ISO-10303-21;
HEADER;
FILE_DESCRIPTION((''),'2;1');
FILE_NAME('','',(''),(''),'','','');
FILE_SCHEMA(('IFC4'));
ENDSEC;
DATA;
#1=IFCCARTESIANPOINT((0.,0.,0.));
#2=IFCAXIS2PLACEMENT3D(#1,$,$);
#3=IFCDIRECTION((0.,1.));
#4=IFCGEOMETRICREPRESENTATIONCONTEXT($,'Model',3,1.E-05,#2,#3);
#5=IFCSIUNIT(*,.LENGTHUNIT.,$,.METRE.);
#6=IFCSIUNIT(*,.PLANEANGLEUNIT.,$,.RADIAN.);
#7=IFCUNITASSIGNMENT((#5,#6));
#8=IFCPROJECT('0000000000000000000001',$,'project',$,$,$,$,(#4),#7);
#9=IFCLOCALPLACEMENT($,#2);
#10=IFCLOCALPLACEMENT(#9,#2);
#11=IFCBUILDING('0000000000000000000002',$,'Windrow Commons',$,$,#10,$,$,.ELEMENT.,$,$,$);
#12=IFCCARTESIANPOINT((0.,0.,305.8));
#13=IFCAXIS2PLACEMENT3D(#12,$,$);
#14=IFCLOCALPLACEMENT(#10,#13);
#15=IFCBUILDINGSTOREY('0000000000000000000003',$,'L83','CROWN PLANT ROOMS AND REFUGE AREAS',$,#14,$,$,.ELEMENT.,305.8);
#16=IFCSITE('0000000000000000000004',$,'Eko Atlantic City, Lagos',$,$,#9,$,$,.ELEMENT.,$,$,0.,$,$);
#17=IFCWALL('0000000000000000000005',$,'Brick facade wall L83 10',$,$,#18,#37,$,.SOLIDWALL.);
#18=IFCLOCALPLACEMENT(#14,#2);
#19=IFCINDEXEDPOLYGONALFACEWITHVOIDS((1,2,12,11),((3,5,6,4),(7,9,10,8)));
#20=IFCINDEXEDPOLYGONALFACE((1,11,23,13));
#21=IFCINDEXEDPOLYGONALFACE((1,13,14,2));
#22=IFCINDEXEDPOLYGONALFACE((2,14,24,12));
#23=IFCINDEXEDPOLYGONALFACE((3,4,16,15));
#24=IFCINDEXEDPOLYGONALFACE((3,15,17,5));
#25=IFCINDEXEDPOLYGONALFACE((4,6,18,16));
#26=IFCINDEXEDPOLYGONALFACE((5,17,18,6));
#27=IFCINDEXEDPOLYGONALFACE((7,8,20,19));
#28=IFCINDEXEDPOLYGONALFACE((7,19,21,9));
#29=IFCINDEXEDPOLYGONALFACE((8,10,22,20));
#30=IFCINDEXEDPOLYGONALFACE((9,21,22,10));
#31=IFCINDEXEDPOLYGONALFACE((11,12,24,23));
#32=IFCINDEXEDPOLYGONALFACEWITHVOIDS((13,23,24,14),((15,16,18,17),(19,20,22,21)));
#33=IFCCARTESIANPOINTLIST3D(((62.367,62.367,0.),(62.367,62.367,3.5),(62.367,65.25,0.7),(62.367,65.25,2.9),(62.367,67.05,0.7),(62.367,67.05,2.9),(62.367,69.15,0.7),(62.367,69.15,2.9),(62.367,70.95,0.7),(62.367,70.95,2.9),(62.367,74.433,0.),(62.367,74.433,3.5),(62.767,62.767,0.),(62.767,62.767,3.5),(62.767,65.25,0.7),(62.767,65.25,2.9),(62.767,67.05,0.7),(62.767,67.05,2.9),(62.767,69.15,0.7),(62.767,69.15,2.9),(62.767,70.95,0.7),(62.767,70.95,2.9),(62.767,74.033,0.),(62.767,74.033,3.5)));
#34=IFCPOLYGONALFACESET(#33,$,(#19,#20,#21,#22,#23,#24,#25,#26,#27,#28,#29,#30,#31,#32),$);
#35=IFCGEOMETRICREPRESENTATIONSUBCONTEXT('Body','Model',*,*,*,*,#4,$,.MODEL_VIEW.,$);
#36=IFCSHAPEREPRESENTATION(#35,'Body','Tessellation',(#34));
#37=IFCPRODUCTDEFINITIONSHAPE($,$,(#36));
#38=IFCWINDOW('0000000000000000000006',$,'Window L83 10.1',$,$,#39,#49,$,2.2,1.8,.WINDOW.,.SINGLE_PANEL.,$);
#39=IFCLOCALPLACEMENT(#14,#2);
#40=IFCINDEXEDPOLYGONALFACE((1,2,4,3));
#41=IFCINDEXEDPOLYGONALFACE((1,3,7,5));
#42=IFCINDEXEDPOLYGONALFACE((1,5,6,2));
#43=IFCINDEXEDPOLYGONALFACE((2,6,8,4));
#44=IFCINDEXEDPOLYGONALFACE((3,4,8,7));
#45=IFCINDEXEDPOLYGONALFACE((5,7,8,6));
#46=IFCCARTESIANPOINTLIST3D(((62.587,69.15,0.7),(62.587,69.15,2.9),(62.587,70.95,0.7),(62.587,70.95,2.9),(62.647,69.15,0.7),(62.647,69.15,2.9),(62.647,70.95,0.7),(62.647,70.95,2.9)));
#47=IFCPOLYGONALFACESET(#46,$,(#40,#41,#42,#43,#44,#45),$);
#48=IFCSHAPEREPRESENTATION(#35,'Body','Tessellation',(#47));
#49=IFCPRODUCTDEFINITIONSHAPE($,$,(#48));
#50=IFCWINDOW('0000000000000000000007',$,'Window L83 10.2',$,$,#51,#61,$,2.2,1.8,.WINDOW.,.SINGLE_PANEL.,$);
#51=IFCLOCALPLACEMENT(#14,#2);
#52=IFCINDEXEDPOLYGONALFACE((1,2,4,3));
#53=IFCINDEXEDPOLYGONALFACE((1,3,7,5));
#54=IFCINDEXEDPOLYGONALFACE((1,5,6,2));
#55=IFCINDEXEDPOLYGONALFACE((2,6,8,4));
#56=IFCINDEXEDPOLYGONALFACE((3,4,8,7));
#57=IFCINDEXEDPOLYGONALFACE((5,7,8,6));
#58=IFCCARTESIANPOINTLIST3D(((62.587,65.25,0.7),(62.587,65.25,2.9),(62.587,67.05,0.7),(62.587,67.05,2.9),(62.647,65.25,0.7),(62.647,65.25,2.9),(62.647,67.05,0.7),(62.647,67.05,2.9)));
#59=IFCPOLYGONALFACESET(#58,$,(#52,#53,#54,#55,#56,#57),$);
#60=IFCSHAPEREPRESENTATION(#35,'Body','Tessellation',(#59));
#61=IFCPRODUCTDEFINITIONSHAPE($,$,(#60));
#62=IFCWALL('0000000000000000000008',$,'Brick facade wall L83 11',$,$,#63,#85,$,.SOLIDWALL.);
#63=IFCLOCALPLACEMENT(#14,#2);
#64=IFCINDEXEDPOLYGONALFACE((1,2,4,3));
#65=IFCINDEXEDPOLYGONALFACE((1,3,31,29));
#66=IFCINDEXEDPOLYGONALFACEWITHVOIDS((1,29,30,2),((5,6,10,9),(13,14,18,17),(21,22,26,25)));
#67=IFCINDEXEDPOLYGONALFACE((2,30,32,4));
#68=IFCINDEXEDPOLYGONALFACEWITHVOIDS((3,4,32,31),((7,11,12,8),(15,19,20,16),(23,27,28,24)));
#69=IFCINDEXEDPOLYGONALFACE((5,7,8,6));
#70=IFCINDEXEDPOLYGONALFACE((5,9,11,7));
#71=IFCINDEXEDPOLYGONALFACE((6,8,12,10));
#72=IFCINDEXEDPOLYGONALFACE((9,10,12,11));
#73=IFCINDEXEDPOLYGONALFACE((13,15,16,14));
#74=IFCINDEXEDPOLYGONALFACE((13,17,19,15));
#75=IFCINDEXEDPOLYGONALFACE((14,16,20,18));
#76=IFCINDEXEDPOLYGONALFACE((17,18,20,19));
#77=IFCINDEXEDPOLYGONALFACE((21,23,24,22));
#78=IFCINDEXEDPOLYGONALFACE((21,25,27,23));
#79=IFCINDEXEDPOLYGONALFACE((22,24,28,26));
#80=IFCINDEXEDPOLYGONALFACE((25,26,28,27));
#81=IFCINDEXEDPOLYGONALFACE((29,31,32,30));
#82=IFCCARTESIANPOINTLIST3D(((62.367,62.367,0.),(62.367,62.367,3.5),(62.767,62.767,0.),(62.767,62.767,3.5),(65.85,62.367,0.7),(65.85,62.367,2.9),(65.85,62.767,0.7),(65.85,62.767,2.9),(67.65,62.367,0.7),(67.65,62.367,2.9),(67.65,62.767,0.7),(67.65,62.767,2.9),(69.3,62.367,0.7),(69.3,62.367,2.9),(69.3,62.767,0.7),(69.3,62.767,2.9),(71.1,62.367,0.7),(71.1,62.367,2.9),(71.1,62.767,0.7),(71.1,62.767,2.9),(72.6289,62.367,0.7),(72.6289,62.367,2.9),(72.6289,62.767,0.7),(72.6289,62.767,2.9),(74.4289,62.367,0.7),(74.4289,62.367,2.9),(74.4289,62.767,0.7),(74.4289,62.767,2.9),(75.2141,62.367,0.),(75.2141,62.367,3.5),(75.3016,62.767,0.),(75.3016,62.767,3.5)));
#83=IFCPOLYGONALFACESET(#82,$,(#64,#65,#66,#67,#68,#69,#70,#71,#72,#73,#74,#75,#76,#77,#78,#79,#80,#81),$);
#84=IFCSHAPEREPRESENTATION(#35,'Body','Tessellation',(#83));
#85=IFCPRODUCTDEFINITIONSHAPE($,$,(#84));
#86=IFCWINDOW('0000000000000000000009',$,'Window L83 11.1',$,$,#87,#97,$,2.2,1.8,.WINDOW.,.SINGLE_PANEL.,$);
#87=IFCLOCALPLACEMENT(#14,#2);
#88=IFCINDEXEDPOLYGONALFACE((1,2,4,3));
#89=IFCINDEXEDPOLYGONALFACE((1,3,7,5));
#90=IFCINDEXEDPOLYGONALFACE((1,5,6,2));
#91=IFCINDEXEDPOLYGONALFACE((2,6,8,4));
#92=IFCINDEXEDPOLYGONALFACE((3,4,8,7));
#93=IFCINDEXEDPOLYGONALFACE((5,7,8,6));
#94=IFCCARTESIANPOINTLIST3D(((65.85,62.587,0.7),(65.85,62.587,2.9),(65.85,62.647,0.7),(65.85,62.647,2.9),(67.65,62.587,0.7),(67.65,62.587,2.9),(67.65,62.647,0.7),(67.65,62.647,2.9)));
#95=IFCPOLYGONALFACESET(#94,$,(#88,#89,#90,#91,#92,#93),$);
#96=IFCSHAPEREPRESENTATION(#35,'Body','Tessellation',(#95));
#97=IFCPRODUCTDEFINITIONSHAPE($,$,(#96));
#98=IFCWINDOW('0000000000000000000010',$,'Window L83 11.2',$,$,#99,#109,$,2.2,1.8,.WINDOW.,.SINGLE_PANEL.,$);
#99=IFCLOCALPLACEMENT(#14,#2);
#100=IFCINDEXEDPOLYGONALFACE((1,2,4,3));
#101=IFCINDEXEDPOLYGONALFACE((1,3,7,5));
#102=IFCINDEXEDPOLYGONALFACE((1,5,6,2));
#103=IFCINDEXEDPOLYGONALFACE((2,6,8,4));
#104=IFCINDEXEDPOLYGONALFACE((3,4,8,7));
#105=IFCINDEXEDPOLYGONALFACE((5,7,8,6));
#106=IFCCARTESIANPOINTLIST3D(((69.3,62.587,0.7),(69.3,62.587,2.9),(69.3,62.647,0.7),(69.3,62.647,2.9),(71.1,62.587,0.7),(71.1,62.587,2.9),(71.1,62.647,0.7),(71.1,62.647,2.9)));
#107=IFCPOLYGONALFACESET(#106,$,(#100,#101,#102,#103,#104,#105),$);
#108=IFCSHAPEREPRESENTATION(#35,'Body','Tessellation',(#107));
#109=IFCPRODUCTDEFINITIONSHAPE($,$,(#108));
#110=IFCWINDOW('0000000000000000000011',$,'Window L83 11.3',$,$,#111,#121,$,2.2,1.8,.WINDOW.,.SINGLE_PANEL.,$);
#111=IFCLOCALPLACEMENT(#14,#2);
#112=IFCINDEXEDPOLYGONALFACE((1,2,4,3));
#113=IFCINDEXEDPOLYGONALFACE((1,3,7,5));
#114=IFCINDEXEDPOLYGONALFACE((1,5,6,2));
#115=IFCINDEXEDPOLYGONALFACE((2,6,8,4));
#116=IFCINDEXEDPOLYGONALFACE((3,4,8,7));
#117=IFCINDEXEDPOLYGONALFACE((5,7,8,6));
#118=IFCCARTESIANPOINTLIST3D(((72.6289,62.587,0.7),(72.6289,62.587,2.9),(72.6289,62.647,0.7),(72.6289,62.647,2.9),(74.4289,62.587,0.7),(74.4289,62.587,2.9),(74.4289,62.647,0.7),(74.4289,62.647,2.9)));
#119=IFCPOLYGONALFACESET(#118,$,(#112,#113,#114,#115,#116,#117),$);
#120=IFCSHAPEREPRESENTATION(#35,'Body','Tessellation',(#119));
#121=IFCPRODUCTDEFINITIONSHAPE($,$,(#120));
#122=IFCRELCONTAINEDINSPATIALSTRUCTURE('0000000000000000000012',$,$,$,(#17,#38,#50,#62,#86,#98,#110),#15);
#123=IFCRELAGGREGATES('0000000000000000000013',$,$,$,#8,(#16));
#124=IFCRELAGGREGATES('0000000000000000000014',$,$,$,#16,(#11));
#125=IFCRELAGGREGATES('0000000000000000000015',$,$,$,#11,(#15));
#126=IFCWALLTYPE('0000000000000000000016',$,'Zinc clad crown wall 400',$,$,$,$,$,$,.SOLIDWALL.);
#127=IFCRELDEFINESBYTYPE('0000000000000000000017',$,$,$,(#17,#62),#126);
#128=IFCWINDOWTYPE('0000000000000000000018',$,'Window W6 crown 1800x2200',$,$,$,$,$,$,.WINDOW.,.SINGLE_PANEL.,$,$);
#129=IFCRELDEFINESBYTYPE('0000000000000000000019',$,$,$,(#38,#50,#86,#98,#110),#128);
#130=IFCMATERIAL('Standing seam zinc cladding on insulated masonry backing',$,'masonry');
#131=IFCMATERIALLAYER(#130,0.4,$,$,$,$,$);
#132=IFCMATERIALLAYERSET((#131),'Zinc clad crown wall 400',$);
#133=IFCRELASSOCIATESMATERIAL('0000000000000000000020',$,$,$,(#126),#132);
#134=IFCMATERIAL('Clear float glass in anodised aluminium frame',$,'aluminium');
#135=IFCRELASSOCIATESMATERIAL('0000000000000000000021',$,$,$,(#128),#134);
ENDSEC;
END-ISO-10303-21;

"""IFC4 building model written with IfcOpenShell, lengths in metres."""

from ifc_helpers import new_model, si_unit, direction, frame, frame_2d, origin, place, context, subcontext, project, spatial, polyline, rectangle, outline, extrude, material, layer, layer_set, type_object, element, fill, save


model = new_model("IFC4")

# Units and contexts
model_context = context("Model", 3, precision=1e-05, world=origin(), true_north=direction((0.0, 1.0)))
body_context = subcontext(model_context, "Body", "Model", "MODEL_VIEW")
ifc_project = project(units=[si_unit("LENGTHUNIT", "METRE"), si_unit("PLANEANGLEUNIT", "RADIAN")], contexts=[model_context])

# Site, building, storey
site_placement = place(None, origin())
site = spatial("IfcSite", under=ifc_project, at=site_placement, Name="Eko Atlantic City, Lagos", CompositionType="ELEMENT", RefElevation=0.0)
building_placement = place(site_placement, origin())
building = spatial("IfcBuilding", under=site, at=building_placement, Name="Windrow Commons", CompositionType="ELEMENT")
storey_placement = place(building_placement, frame((0.0, 0.0, 305.8)))
storey = spatial("IfcBuildingStorey", under=building, at=storey_placement, Name="L83", Description="CROWN PLANT ROOMS AND REFUGE AREAS", CompositionType="ELEMENT", Elevation=305.8)

# Walls, openings, windows
ifc_material_1 = material(Name="Standing seam zinc cladding on insulated masonry backing", Category="masonry")
ifc_layer_1 = layer(ifc_material_1, 0.4)
ifc_layer_set_1 = layer_set([ifc_layer_1], Name="Zinc clad crown wall 400")
wall_type_1 = type_object("IfcWallType", Name="Zinc clad crown wall 400", PredefinedType="SOLIDWALL", material=ifc_layer_set_1)
wall_1_placement = place(storey_placement, frame((62.567, 74.233, 0.0), z_axis=(0.0, 0.0, 1.0), x_axis=(0.0, -1.0, 0.0)))
wall_1 = element("IfcWall", 1, at=wall_1_placement, inside=storey, type_object=wall_type_1, Name="Brick facade wall L83 10", PredefinedType="SOLIDWALL", context=body_context, shape_type="SweptSolid", body=[
    extrude(outline(polyline([(-0.2, -0.2), (11.866, -0.2), (11.466, 0.2), (0.2, 0.2), (-0.2, -0.2)])), origin(), (0.0, 0.0, 1.0), 3.5),
])
opening_1_placement = place(wall_1_placement, frame((3.283, 0.0, 0.7)))
opening_1 = element("IfcOpeningElement", 2, at=opening_1_placement, cuts=wall_1, PredefinedType="OPENING", context=body_context, shape_type="SweptSolid", body=[
    extrude(rectangle(XDim=1.8, YDim=2.2, at=frame_2d((0.9, 1.1))), frame((0.0, 0.21, 0.0), z_axis=(0.0, -1.0, 0.0), x_axis=(1.0, 0.0, 0.0)), (0.0, 0.0, 1.0), 0.42),
])
opening_2_placement = place(wall_1_placement, frame((7.183, 0.0, 0.7)))
opening_2 = element("IfcOpeningElement", 3, at=opening_2_placement, cuts=wall_1, PredefinedType="OPENING", context=body_context, shape_type="SweptSolid", body=[
    extrude(rectangle(XDim=1.8, YDim=2.2, at=frame_2d((0.9, 1.1))), frame((0.0, 0.21, 0.0), z_axis=(0.0, -1.0, 0.0), x_axis=(1.0, 0.0, 0.0)), (0.0, 0.0, 1.0), 0.42),
])
ifc_material_2 = material(Name="Clear float glass in anodised aluminium frame", Category="aluminium")
window_type = type_object("IfcWindowType", Name="Window W6 crown 1800x2200", PartitioningType="SINGLE_PANEL", PredefinedType="WINDOW", material=ifc_material_2)
window_1_placement = place(opening_1_placement, origin())
window_1 = element("IfcWindow", 4, at=window_1_placement, inside=storey, type_object=window_type, Name="Window L83 10.1", OverallHeight=2.2, OverallWidth=1.8, PartitioningType="SINGLE_PANEL", PredefinedType="WINDOW", context=body_context, shape_type="SweptSolid", body=[
    extrude(rectangle(XDim=1.8, YDim=2.2, at=frame_2d((0.9, 1.1))), frame((0.0, 0.08, 0.0), z_axis=(0.0, -1.0, 0.0), x_axis=(1.0, 0.0, 0.0)), (0.0, 0.0, 1.0), 0.06),
])
fill(opening_1, window_1)
window_2_placement = place(opening_2_placement, origin())
window_2 = element("IfcWindow", 5, at=window_2_placement, inside=storey, type_object=window_type, Name="Window L83 10.2", OverallHeight=2.2, OverallWidth=1.8, PartitioningType="SINGLE_PANEL", PredefinedType="WINDOW", context=body_context, shape_type="SweptSolid", body=[
    extrude(rectangle(XDim=1.8, YDim=2.2, at=frame_2d((0.9, 1.1))), frame((0.0, 0.08, 0.0), z_axis=(0.0, -1.0, 0.0), x_axis=(1.0, 0.0, 0.0)), (0.0, 0.0, 1.0), 0.06),
])
fill(opening_2, window_2)
wall_2_placement = place(storey_placement, frame((62.567, 62.567, 0.0), z_axis=(0.0, 0.0, 1.0), x_axis=(1.0, 0.0, 0.0)))
wall_2 = element("IfcWall", 6, at=wall_2_placement, inside=storey, type_object=wall_type_1, Name="Brick facade wall L83 11", PredefinedType="SOLIDWALL", context=body_context, shape_type="SweptSolid", body=[
    extrude(outline(polyline([(-0.2, -0.2), (12.6471, -0.2), (12.7346, 0.2), (0.2, 0.2), (-0.2, -0.2)])), origin(), (0.0, 0.0, 1.0), 3.5),
])
opening_3_placement = place(wall_2_placement, frame((3.283, 0.0, 0.7)))
opening_3 = element("IfcOpeningElement", 7, at=opening_3_placement, cuts=wall_2, PredefinedType="OPENING", context=body_context, shape_type="SweptSolid", body=[
    extrude(rectangle(XDim=1.8, YDim=2.2, at=frame_2d((0.9, 1.1))), frame((0.0, 0.21, 0.0), z_axis=(0.0, -1.0, 0.0), x_axis=(1.0, 0.0, 0.0)), (0.0, 0.0, 1.0), 0.42),
])
opening_4_placement = place(wall_2_placement, frame((6.733, 0.0, 0.7)))
opening_4 = element("IfcOpeningElement", 8, at=opening_4_placement, cuts=wall_2, PredefinedType="OPENING", context=body_context, shape_type="SweptSolid", body=[
    extrude(rectangle(XDim=1.8, YDim=2.2, at=frame_2d((0.9, 1.1))), frame((0.0, 0.21, 0.0), z_axis=(0.0, -1.0, 0.0), x_axis=(1.0, 0.0, 0.0)), (0.0, 0.0, 1.0), 0.42),
])
opening_5_placement = place(wall_2_placement, frame((10.0619, 0.0, 0.7)))
opening_5 = element("IfcOpeningElement", 9, at=opening_5_placement, cuts=wall_2, PredefinedType="OPENING", context=body_context, shape_type="SweptSolid", body=[
    extrude(rectangle(XDim=1.8, YDim=2.2, at=frame_2d((0.9, 1.1))), frame((0.0, 0.21, 0.0), z_axis=(0.0, -1.0, 0.0), x_axis=(1.0, 0.0, 0.0)), (0.0, 0.0, 1.0), 0.42),
])
window_3_placement = place(opening_3_placement, origin())
window_3 = element("IfcWindow", 10, at=window_3_placement, inside=storey, type_object=window_type, Name="Window L83 11.1", OverallHeight=2.2, OverallWidth=1.8, PartitioningType="SINGLE_PANEL", PredefinedType="WINDOW", context=body_context, shape_type="SweptSolid", body=[
    extrude(rectangle(XDim=1.8, YDim=2.2, at=frame_2d((0.9, 1.1))), frame((0.0, 0.08, 0.0), z_axis=(0.0, -1.0, 0.0), x_axis=(1.0, 0.0, 0.0)), (0.0, 0.0, 1.0), 0.06),
])
fill(opening_3, window_3)
window_4_placement = place(opening_4_placement, origin())
window_4 = element("IfcWindow", 11, at=window_4_placement, inside=storey, type_object=window_type, Name="Window L83 11.2", OverallHeight=2.2, OverallWidth=1.8, PartitioningType="SINGLE_PANEL", PredefinedType="WINDOW", context=body_context, shape_type="SweptSolid", body=[
    extrude(rectangle(XDim=1.8, YDim=2.2, at=frame_2d((0.9, 1.1))), frame((0.0, 0.08, 0.0), z_axis=(0.0, -1.0, 0.0), x_axis=(1.0, 0.0, 0.0)), (0.0, 0.0, 1.0), 0.06),
])
fill(opening_4, window_4)
window_5_placement = place(opening_5_placement, origin())
window_5 = element("IfcWindow", 12, at=window_5_placement, inside=storey, type_object=window_type, Name="Window L83 11.3", OverallHeight=2.2, OverallWidth=1.8, PartitioningType="SINGLE_PANEL", PredefinedType="WINDOW", context=body_context, shape_type="SweptSolid", body=[
    extrude(rectangle(XDim=1.8, YDim=2.2, at=frame_2d((0.9, 1.1))), frame((0.0, 0.08, 0.0), z_axis=(0.0, -1.0, 0.0), x_axis=(1.0, 0.0, 0.0)), (0.0, 0.0, 1.0), 0.06),
])
fill(opening_5, window_5)

save(model, "model.ifc")
